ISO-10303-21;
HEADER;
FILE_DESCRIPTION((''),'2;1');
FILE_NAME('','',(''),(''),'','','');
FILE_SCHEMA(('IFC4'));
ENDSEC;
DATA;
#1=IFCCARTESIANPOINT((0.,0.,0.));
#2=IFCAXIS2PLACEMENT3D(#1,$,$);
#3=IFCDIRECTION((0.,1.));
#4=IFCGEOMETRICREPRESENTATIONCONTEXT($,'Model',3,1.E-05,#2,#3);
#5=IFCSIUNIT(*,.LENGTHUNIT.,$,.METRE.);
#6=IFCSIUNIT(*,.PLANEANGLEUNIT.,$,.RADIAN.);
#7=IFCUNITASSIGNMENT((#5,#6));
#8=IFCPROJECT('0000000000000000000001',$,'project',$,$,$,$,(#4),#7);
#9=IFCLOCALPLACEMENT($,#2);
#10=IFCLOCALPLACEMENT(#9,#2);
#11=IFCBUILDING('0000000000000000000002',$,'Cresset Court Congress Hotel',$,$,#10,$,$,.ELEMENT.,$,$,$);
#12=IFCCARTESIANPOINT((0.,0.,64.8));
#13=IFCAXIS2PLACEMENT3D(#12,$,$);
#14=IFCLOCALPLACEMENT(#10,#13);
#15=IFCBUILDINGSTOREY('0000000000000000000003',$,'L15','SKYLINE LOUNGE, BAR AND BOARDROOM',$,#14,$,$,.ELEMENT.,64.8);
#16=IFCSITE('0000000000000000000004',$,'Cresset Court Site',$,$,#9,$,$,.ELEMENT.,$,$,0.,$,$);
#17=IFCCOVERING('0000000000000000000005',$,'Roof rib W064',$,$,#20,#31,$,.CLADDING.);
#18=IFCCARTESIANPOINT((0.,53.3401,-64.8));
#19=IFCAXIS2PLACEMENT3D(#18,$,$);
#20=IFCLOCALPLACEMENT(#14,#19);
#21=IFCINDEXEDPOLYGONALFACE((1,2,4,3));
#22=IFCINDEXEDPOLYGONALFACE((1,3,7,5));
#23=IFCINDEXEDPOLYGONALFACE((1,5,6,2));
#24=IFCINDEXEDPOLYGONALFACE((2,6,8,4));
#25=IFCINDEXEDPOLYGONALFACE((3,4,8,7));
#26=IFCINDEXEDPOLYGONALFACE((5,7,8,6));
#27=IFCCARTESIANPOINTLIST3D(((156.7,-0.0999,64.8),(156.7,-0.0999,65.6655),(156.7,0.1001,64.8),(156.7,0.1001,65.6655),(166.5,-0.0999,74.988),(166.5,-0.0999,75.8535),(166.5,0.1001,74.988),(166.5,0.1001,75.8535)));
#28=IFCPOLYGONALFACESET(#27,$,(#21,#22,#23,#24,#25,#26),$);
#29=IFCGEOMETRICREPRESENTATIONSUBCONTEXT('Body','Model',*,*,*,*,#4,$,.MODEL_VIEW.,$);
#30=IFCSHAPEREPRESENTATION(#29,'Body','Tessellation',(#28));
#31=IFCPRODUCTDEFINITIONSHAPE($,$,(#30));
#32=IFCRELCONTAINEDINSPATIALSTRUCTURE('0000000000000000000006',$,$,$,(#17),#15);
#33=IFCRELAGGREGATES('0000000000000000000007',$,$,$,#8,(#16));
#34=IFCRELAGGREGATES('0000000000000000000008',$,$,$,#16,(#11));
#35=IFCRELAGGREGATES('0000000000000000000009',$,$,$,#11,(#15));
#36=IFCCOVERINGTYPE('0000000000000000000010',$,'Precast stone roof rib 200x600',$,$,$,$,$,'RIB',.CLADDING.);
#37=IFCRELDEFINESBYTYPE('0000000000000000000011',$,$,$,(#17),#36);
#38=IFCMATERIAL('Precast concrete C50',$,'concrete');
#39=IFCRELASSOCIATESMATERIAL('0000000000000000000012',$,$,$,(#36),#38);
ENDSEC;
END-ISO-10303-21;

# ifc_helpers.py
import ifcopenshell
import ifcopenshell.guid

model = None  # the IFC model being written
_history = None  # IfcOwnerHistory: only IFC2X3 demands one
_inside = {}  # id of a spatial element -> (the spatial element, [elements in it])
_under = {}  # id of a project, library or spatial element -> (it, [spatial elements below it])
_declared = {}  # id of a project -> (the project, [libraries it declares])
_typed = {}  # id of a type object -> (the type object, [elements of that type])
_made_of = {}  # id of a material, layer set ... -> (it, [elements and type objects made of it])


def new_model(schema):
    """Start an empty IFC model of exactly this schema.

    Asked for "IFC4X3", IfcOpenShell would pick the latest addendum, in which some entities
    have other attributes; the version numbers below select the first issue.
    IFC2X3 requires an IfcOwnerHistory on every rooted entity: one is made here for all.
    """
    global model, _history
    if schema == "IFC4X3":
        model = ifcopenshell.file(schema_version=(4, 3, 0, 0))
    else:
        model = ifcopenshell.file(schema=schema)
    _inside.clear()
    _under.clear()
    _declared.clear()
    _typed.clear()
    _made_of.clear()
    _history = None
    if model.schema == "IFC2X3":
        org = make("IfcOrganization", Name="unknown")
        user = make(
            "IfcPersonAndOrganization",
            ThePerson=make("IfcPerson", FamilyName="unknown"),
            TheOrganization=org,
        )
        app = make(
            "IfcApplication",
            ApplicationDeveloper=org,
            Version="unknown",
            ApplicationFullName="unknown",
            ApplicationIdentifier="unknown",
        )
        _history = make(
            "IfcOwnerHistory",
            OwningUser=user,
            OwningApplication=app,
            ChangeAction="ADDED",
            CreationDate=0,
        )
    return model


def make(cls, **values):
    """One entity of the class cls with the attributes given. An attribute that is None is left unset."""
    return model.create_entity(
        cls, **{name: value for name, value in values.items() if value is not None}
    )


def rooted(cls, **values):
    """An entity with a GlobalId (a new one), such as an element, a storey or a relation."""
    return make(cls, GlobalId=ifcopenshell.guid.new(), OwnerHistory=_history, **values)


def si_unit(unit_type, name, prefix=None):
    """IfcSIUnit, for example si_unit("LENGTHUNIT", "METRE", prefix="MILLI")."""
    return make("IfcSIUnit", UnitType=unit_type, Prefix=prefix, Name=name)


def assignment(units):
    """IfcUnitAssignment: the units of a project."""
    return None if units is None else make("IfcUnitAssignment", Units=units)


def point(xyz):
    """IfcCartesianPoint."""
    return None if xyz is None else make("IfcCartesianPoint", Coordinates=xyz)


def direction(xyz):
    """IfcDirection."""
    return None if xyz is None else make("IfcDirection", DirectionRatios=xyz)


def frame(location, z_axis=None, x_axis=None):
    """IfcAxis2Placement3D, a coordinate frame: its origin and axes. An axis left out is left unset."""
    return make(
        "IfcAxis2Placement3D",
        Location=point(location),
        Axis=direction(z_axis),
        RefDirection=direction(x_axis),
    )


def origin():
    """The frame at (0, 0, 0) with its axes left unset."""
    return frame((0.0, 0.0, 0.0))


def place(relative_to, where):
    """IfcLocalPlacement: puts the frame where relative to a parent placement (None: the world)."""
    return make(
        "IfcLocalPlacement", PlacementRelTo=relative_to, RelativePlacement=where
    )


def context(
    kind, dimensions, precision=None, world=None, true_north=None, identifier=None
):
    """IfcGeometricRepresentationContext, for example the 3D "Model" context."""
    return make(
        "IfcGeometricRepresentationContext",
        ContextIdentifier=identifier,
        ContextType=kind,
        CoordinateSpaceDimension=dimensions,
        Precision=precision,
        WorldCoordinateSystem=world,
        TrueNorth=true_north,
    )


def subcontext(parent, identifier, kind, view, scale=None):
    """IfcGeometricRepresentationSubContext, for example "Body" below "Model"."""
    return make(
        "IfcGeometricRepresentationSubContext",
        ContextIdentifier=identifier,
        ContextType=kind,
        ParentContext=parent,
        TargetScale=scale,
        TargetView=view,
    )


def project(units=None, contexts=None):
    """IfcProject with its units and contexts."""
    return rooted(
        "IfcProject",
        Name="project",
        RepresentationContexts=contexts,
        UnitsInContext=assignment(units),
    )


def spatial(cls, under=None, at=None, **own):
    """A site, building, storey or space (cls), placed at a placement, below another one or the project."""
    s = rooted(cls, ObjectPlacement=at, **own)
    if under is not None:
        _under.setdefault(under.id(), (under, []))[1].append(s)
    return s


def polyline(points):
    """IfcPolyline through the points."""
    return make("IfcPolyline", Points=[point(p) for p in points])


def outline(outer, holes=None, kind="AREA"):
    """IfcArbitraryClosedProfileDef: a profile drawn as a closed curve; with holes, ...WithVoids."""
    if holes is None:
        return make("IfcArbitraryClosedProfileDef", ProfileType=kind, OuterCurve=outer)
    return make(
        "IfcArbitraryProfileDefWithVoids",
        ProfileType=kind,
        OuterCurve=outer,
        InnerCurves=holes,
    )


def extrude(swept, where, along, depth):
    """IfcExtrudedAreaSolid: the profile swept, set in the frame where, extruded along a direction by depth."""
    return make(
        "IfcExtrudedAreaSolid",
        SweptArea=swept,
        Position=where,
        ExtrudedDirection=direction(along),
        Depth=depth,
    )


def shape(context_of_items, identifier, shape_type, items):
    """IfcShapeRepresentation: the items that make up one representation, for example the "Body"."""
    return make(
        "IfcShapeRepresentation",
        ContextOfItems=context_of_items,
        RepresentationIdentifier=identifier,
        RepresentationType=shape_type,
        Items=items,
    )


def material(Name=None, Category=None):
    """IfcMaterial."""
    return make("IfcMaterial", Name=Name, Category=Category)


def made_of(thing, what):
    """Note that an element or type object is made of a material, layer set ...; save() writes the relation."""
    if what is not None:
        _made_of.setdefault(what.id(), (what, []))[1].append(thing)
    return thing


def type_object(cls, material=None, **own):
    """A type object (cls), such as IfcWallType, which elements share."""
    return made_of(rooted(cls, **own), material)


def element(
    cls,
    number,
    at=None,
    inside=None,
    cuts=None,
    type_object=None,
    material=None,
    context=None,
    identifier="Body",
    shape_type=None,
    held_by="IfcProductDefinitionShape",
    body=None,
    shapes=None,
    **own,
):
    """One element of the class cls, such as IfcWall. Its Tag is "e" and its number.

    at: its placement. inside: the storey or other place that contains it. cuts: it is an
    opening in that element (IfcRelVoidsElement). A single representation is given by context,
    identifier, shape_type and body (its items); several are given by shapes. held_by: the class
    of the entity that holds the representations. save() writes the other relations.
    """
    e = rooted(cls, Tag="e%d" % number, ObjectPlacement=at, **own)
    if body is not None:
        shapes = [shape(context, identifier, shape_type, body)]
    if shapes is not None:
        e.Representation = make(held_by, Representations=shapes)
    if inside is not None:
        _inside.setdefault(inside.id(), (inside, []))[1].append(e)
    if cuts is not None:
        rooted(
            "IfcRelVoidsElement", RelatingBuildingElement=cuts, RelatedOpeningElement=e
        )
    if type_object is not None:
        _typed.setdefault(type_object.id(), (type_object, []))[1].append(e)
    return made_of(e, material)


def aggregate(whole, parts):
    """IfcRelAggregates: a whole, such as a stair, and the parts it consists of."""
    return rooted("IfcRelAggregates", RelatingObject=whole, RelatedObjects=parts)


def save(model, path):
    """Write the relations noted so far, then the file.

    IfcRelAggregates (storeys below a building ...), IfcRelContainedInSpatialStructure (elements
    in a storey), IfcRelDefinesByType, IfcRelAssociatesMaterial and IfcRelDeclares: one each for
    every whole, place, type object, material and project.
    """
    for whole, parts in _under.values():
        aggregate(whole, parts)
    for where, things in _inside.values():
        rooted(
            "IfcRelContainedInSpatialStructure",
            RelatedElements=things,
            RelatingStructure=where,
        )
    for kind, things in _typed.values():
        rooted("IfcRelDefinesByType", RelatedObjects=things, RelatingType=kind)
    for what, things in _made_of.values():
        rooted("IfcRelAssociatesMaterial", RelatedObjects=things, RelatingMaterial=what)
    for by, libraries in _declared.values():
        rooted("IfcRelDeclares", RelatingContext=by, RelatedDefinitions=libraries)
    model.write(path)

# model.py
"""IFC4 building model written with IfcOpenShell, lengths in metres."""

from ifc_helpers import new_model, si_unit, direction, frame, origin, place, context, subcontext, project, spatial, polyline, outline, extrude, material, type_object, element, save


model = new_model("IFC4")

# Units and contexts
model_context = context("Model", 3, precision=1e-05, world=origin(), true_north=direction((0.0, 1.0)))
body_context = subcontext(model_context, "Body", "Model", "MODEL_VIEW")
ifc_project = project(units=[si_unit("LENGTHUNIT", "METRE"), si_unit("PLANEANGLEUNIT", "RADIAN")], contexts=[model_context])

# Site, building, storey
site_placement = place(None, origin())
site = spatial("IfcSite", under=ifc_project, at=site_placement, Name="Cresset Court Site", CompositionType="ELEMENT", RefElevation=0.0)
building_placement = place(site_placement, origin())
building = spatial("IfcBuilding", under=site, at=building_placement, Name="Cresset Court Congress Hotel", CompositionType="ELEMENT")
storey_placement = place(building_placement, frame((0.0, 0.0, 64.8)))
storey = spatial("IfcBuildingStorey", under=building, at=storey_placement, Name="L15", Description="SKYLINE LOUNGE, BAR AND BOARDROOM", CompositionType="ELEMENT", Elevation=64.8)

# Covering
ifc_material_1 = material(Name="Precast concrete C50", Category="concrete")
covering_type_1 = type_object("IfcCoveringType", Name="Precast stone roof rib 200x600", ElementType="RIB", PredefinedType="CLADDING", material=ifc_material_1)
for number, where, name in (
    (1, (0.0, 53.3401, -64.8), "Roof rib W064"),
):
    element("IfcCovering", number, at=place(storey_placement, frame(where)), inside=storey, type_object=covering_type_1, Name=name, PredefinedType="CLADDING", context=body_context, shape_type="SweptSolid", body=[
        extrude(outline(polyline([(166.5, 74.988), (156.7, 64.8), (156.7, 65.6655), (166.5, 75.8535), (166.5, 74.988)])), frame((0.0, 0.1001, 0.0), z_axis=(0.0, -1.0, 0.0), x_axis=(1.0, 0.0, 0.0)), (0.0, 0.0, 1.0), 0.2),
    ])

save(model, "model.ifc")
